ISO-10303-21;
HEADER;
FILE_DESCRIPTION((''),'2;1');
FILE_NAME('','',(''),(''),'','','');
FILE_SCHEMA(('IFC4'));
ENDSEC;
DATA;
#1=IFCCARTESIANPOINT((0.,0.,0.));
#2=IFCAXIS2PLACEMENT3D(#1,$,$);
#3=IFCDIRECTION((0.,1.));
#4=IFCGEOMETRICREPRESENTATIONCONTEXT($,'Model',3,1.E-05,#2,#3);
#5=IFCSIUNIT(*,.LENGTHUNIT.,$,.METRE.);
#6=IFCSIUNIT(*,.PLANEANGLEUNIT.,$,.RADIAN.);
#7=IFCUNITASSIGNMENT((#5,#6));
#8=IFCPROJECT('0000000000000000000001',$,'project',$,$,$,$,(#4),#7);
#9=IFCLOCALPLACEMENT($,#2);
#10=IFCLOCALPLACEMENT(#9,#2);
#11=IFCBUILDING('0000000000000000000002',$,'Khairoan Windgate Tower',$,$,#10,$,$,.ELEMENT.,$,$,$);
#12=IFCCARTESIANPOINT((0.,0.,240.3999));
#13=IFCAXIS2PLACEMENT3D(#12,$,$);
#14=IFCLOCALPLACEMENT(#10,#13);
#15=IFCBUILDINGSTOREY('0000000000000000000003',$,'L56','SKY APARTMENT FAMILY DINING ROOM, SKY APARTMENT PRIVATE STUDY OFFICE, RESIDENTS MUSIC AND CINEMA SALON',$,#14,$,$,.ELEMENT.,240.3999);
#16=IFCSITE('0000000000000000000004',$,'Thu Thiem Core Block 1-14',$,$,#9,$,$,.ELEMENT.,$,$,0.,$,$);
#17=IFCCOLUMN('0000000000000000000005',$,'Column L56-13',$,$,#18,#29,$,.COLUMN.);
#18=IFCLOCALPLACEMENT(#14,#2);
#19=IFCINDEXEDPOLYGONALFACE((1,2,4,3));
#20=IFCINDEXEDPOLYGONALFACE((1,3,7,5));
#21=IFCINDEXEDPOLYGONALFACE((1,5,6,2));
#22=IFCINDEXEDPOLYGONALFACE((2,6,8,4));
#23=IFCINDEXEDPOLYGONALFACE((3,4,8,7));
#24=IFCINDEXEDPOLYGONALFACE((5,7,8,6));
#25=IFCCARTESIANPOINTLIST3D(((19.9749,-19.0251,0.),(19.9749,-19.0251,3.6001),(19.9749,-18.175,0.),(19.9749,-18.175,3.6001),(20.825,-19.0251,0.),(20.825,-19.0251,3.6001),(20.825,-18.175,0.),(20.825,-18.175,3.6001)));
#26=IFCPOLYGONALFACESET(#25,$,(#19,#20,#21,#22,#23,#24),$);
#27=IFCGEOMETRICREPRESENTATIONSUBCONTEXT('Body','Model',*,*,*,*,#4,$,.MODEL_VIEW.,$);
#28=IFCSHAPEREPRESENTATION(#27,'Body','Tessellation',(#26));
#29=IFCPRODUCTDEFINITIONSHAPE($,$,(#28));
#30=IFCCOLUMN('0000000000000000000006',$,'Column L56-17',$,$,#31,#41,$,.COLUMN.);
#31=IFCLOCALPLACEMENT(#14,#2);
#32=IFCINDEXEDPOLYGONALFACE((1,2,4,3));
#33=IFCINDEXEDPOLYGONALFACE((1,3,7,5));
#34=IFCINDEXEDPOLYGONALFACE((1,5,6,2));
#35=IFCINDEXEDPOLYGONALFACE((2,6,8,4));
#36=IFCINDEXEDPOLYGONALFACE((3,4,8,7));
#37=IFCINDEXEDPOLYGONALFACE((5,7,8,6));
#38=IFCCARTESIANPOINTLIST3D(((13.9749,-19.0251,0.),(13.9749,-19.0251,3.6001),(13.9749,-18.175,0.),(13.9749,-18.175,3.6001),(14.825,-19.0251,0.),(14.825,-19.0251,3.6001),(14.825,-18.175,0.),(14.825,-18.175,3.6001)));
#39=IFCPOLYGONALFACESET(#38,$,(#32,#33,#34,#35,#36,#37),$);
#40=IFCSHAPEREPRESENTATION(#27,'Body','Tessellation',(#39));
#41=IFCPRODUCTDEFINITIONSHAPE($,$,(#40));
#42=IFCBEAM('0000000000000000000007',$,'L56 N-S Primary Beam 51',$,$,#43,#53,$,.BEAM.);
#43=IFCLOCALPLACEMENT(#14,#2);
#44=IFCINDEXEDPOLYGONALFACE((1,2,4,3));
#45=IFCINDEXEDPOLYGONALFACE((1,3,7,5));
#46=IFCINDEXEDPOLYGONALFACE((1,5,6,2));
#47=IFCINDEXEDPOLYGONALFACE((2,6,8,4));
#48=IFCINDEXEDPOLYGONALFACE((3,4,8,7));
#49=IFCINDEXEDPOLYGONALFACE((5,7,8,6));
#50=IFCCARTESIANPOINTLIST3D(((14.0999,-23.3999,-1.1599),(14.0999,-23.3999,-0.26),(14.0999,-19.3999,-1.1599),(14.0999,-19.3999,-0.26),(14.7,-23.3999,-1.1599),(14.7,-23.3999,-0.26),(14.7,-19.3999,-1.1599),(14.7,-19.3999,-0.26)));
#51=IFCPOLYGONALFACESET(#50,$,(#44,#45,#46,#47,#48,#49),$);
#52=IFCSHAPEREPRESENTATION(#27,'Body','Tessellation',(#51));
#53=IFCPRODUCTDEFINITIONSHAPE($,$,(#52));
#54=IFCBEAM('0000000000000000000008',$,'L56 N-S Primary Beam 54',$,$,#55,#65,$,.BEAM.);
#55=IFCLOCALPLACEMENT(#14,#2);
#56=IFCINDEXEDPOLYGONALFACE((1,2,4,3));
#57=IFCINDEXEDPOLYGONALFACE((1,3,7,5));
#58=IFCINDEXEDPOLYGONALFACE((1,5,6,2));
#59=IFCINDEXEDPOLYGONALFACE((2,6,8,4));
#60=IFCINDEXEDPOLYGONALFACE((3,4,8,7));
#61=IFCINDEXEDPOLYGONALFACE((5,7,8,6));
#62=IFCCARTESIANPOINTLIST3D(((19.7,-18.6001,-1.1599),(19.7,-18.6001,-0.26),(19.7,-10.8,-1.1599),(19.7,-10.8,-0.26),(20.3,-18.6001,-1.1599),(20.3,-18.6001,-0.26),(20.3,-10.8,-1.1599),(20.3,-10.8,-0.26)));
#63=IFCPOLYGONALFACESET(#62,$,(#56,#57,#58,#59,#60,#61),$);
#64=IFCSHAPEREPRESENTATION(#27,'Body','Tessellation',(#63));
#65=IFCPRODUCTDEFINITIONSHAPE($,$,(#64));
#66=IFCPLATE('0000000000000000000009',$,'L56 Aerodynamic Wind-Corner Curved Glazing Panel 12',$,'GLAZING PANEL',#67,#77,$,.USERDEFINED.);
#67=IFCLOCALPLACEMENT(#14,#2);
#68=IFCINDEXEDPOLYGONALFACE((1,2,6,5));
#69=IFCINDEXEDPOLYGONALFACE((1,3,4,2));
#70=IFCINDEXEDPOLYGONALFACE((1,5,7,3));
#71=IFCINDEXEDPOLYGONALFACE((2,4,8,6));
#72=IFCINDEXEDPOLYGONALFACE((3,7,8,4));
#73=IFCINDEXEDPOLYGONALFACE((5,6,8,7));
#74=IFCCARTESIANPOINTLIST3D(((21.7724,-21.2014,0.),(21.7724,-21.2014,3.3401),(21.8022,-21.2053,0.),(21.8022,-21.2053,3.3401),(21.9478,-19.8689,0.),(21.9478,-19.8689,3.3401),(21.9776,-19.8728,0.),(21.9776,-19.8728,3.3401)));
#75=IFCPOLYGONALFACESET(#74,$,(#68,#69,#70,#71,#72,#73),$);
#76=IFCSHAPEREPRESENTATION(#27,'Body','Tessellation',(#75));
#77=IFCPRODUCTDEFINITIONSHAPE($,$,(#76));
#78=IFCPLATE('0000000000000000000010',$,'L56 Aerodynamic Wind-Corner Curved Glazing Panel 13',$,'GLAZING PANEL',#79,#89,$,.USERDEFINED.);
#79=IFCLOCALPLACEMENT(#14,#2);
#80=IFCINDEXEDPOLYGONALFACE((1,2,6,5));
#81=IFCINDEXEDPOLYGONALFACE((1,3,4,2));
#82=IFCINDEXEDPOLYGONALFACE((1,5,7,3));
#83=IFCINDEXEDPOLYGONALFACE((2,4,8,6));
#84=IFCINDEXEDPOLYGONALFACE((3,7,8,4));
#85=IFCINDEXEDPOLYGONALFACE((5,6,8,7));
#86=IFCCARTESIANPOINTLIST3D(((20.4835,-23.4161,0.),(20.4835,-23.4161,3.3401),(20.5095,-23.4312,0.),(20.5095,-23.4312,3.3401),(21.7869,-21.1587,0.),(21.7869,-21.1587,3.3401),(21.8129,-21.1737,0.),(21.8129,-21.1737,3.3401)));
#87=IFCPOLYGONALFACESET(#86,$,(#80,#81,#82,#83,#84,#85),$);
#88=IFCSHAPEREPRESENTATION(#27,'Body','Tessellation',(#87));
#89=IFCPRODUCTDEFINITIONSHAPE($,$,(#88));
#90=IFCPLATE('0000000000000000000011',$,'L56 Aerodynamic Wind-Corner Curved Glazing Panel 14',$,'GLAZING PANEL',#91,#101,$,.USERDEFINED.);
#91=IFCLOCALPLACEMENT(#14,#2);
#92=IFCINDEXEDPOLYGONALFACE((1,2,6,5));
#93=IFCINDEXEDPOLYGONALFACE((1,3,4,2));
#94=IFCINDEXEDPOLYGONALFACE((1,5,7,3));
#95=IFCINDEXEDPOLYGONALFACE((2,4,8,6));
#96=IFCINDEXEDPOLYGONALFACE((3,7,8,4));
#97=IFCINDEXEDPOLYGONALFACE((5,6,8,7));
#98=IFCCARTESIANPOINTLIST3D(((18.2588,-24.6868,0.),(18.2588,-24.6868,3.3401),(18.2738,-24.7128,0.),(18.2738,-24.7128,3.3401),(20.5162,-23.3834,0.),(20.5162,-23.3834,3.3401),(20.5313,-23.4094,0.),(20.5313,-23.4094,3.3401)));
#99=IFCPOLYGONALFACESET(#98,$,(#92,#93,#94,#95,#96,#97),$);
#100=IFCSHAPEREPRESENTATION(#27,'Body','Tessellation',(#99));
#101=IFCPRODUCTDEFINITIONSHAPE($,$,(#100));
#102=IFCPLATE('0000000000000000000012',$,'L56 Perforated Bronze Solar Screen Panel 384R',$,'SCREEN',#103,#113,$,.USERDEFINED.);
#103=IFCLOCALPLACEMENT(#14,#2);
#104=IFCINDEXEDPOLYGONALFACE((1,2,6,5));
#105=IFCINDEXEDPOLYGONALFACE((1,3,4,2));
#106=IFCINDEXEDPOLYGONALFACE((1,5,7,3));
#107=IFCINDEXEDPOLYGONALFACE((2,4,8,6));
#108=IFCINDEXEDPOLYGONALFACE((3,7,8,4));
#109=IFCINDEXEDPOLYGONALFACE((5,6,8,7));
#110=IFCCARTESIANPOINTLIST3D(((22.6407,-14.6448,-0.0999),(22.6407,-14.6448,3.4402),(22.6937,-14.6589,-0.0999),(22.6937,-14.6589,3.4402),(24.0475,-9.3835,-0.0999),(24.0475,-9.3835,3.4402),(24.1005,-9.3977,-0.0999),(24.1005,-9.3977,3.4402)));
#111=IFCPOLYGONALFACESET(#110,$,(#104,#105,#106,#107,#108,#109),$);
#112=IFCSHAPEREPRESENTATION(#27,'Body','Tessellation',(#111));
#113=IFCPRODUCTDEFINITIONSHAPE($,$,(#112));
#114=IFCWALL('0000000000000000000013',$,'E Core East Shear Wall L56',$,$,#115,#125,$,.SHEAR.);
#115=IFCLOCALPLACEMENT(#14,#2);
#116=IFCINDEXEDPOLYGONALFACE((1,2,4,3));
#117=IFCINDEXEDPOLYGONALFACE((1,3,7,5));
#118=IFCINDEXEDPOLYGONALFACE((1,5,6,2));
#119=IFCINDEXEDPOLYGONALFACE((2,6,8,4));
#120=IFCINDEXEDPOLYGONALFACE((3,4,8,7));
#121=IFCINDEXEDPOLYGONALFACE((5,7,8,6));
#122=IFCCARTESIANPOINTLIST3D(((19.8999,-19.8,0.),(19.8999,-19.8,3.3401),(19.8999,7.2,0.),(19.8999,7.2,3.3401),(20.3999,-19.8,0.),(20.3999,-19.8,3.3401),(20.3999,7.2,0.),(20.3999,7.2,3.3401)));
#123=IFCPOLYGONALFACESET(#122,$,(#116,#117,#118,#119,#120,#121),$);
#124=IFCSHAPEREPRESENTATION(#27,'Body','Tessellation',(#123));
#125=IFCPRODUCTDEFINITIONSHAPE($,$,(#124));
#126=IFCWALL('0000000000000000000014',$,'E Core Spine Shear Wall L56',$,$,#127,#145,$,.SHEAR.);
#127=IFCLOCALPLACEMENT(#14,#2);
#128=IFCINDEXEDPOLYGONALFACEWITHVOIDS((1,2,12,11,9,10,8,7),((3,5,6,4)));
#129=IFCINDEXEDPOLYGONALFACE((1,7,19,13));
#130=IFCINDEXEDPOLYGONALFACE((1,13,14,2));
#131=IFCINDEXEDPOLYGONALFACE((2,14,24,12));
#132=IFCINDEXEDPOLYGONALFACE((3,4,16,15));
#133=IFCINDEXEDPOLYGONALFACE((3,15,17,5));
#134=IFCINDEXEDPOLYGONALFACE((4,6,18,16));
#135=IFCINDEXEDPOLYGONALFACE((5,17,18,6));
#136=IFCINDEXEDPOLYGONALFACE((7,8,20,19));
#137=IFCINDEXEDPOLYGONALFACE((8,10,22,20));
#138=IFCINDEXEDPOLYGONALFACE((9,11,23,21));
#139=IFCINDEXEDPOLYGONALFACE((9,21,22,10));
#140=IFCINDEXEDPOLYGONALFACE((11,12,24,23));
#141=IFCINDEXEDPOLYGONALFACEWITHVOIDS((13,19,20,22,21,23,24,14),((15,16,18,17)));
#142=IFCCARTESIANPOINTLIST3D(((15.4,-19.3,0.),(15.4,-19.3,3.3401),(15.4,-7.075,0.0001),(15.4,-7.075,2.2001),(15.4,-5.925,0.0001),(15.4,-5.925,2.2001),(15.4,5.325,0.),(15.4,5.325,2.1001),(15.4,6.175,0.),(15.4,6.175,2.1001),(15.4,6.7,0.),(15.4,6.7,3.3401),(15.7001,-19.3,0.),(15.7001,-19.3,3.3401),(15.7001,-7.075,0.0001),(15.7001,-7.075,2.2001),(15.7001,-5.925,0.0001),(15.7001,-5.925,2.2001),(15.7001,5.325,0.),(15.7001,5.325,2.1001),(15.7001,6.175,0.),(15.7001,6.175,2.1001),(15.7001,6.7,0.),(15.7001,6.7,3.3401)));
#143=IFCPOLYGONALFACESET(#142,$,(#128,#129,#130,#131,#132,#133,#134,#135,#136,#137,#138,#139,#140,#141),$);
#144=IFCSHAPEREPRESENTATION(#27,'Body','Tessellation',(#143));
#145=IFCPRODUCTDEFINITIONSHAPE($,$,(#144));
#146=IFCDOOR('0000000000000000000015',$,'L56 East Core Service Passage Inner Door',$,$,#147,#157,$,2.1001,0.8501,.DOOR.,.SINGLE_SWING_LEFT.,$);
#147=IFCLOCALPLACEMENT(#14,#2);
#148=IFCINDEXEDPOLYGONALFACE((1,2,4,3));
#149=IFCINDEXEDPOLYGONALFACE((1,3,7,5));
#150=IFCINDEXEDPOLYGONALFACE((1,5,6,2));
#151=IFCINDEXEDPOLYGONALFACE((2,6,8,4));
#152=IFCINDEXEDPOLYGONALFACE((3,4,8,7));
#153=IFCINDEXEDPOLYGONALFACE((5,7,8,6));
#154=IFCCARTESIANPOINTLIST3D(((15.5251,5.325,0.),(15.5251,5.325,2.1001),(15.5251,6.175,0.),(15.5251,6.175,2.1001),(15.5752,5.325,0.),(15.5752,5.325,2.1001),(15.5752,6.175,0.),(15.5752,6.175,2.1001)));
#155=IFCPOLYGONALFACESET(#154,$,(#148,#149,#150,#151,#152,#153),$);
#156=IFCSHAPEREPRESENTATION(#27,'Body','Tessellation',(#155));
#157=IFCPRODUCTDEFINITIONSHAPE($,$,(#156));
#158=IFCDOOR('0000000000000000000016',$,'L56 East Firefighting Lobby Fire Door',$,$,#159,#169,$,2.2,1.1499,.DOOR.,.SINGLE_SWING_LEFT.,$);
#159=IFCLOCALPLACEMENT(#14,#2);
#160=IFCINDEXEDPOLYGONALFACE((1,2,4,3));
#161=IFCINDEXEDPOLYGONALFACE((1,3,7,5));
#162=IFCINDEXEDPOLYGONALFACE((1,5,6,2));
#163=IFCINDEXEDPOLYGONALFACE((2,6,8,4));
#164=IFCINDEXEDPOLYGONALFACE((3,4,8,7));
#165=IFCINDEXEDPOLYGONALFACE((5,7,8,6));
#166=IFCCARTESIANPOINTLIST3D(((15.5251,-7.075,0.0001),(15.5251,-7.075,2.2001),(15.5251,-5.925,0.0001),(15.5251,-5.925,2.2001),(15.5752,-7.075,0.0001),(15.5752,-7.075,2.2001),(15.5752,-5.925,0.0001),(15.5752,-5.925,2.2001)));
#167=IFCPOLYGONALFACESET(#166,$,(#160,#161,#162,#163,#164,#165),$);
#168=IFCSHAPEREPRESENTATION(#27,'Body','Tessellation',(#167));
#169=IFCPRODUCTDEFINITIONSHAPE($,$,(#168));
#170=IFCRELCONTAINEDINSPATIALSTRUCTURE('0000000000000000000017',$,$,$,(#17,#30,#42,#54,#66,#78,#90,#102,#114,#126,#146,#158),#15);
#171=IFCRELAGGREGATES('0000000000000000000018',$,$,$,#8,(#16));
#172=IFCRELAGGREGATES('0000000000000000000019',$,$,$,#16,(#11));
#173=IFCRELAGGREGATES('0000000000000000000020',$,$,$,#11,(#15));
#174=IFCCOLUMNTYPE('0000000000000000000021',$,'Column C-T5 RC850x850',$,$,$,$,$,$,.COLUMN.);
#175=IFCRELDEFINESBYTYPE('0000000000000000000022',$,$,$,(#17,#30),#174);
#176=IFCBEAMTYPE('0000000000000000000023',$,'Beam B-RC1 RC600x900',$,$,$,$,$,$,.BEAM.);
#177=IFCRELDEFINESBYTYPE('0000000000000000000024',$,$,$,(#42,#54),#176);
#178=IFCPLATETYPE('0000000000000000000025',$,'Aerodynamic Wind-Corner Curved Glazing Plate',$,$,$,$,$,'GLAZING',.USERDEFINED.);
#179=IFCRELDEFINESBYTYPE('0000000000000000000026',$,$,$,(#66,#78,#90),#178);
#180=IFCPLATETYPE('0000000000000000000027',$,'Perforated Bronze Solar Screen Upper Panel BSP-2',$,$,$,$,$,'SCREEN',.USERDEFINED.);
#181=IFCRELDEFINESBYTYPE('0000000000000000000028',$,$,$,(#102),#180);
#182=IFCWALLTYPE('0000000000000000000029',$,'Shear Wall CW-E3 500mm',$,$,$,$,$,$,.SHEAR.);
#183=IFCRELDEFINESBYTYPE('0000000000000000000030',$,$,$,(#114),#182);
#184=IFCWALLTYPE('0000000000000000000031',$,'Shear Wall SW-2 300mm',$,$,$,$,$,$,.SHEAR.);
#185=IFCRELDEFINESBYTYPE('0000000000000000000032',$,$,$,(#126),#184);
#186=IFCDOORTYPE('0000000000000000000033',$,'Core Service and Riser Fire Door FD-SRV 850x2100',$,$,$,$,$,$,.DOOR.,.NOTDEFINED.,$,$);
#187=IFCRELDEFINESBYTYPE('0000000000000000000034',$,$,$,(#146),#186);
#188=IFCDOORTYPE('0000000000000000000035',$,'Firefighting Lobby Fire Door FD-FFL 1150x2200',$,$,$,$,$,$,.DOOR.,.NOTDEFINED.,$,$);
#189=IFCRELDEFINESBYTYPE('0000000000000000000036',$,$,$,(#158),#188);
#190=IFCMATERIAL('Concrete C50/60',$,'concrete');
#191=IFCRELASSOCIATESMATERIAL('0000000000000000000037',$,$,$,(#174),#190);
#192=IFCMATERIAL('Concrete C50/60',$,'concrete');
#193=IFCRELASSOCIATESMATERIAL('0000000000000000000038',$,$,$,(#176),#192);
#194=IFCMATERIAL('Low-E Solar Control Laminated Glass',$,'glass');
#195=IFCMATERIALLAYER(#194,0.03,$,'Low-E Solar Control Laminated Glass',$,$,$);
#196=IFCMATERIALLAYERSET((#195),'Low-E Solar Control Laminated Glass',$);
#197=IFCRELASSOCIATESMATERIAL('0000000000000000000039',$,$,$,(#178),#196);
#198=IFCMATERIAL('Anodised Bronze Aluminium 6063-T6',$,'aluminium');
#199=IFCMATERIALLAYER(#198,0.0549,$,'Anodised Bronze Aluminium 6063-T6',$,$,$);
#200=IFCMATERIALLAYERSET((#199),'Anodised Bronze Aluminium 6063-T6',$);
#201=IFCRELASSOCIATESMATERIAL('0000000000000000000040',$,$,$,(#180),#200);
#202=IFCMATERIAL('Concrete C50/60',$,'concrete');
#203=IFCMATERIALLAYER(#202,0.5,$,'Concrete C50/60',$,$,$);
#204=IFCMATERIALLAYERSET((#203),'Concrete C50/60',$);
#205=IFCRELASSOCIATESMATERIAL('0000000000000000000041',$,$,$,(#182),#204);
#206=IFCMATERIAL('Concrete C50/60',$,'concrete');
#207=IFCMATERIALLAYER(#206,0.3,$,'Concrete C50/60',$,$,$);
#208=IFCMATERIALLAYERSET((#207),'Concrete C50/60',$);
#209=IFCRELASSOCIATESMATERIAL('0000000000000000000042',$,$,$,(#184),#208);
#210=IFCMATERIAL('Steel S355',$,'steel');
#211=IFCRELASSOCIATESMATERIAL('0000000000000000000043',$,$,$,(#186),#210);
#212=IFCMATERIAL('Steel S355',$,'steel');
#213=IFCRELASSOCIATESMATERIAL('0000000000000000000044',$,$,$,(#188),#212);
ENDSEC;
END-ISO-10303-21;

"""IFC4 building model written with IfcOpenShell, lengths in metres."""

from ifc_helpers import new_model, si_unit, direction, frame, frame_2d, origin, origin_2d, place, context, subcontext, project, spatial, rectangle, extrude, material, layer, layer_set, material_profile, profile_set, type_object, element, fill, save


model = new_model("IFC4")

# Units and contexts
model_context = context("Model", 3, precision=1e-05, world=origin(), true_north=direction((0.0, 1.0)))
body_context = subcontext(model_context, "Body", "Model", "MODEL_VIEW")
ifc_project = project(units=[si_unit("LENGTHUNIT", "METRE"), si_unit("PLANEANGLEUNIT", "RADIAN")], contexts=[model_context])

# Site, building, storey
site_placement = place(None, origin())
site = spatial("IfcSite", under=ifc_project, at=site_placement, Name="Thu Thiem Core Block 1-14", CompositionType="ELEMENT", RefElevation=0.0)
building_placement = place(site_placement, origin())
building = spatial("IfcBuilding", under=site, at=building_placement, Name="Khairoan Windgate Tower", CompositionType="ELEMENT")
storey_placement = place(building_placement, frame((0.0, 0.0, 240.3999)))
storey = spatial("IfcBuildingStorey", under=building, at=storey_placement, Name="L56", Description="SKY APARTMENT FAMILY DINING ROOM, SKY APARTMENT PRIVATE STUDY OFFICE, RESIDENTS MUSIC AND CINEMA SALON", CompositionType="ELEMENT", Elevation=240.3999)

# Columns
ifc_material_1 = material(Name="Concrete C50/60", Category="concrete")
ifc_material_profile_1 = material_profile(ifc_material_1, rectangle(XDim=0.8501, YDim=0.8501, at=origin_2d()))
ifc_profile_set_1 = profile_set([ifc_material_profile_1], Name="Concrete C50/60")
column_type = type_object("IfcColumnType", Name="Column C-T5 RC850x850", PredefinedType="COLUMN", material=ifc_profile_set_1)
for number, where, z_axis, x_axis, name in (
    (1, (20.3999, -18.6001, 0.0), (0.0, 0.0, 1.0), (1.0, 0.0, 0.0), "Column L56-13"),
    (2, (14.3999, -18.6001, 0.0), (0.0, 0.0, 1.0), (1.0, 0.0, 0.0), "Column L56-17"),
):
    element("IfcColumn", number, at=place(storey_placement, frame(where, z_axis=z_axis, x_axis=x_axis)), inside=storey, type_object=column_type, Name=name, PredefinedType="COLUMN", context=body_context, shape_type="SweptSolid", body=[
        extrude(rectangle(XDim=0.8501, YDim=0.8501, at=origin_2d()), origin(), (0.0, 0.0, 1.0), 3.6001),
    ])

# Beams
ifc_material_2 = material(Name="Concrete C50/60", Category="concrete")
ifc_material_profile_2 = material_profile(ifc_material_2, rectangle(XDim=0.6001, YDim=0.8999, at=origin_2d()))
ifc_profile_set_2 = profile_set([ifc_material_profile_2], Name="Concrete C50/60")
beam_type = type_object("IfcBeamType", Name="Beam B-RC1 RC600x900", PredefinedType="BEAM", material=ifc_profile_set_2)
beam_1_placement = place(storey_placement, frame((14.3999, -23.3999, -0.71), z_axis=(0.0, 1.0, 0.0), x_axis=(-1.0, 0.0, 0.0)))
element("IfcBeam", 3, at=beam_1_placement, inside=storey, type_object=beam_type, Name="L56 N-S Primary Beam 51", PredefinedType="BEAM", context=body_context, shape_type="SweptSolid", body=[
    extrude(rectangle(XDim=0.6001, YDim=0.8999, at=origin_2d()), origin(), (0.0, 0.0, 1.0), 4.0),
])
beam_2_placement = place(storey_placement, frame((20.0, -18.6001, -0.71), z_axis=(0.0, 1.0, 0.0), x_axis=(-1.0, 0.0, 0.0)))
element("IfcBeam", 4, at=beam_2_placement, inside=storey, type_object=beam_type, Name="L56 N-S Primary Beam 54", PredefinedType="BEAM", context=body_context, shape_type="SweptSolid", body=[
    extrude(rectangle(XDim=0.6001, YDim=0.8999, at=origin_2d()), origin(), (0.0, 0.0, 1.0), 7.8),
])

# Plates
ifc_material_3 = material(Name="Low-E Solar Control Laminated Glass", Category="glass")
ifc_layer_1 = layer(ifc_material_3, 0.03, Name="Low-E Solar Control Laminated Glass")
ifc_layer_set_1 = layer_set([ifc_layer_1], Name="Low-E Solar Control Laminated Glass")
plate_type_1 = type_object("IfcPlateType", Name="Aerodynamic Wind-Corner Curved Glazing Plate", ElementType="GLAZING", PredefinedType="USERDEFINED", material=ifc_layer_set_1)
plate_1_placement = place(storey_placement, frame((21.875, -20.5371, 0.0), z_axis=(0.0, 0.0, 1.0), x_axis=(-0.130526, -0.991445, 0.0)))
element("IfcPlate", 5, at=plate_1_placement, inside=storey, type_object=plate_type_1, Name="L56 Aerodynamic Wind-Corner Curved Glazing Panel 12", ObjectType="GLAZING PANEL", PredefinedType="USERDEFINED", context=body_context, shape_type="SweptSolid", body=[
    extrude(rectangle(XDim=1.344, YDim=0.03, at=origin_2d()), origin(), (0.0, 0.0, 1.0), 3.3401),
])
for number, where, z_axis, x_axis, name in (
    (6, (21.1482, -22.2949, 0.0), (0.0, 0.0, 1.0), (-0.5, -0.866025, 0.0), "L56 Aerodynamic Wind-Corner Curved Glazing Panel 13"),
    (7, (19.395, -24.0481, 0.0), (0.0, 0.0, 1.0), (-0.866025, -0.5, 0.0), "L56 Aerodynamic Wind-Corner Curved Glazing Panel 14"),
):
    element("IfcPlate", number, at=place(storey_placement, frame(where, z_axis=z_axis, x_axis=x_axis)), inside=storey, type_object=plate_type_1, Name=name, ObjectType="GLAZING PANEL", PredefinedType="USERDEFINED", context=body_context, shape_type="SweptSolid", body=[
        extrude(rectangle(XDim=2.6067, YDim=0.03, at=origin_2d()), origin(), (0.0, 0.0, 1.0), 3.3401),
    ])

# Plate
ifc_material_4 = material(Name="Anodised Bronze Aluminium 6063-T6", Category="aluminium")
ifc_layer_2 = layer(ifc_material_4, 0.0549, Name="Anodised Bronze Aluminium 6063-T6")
ifc_layer_set_2 = layer_set([ifc_layer_2], Name="Anodised Bronze Aluminium 6063-T6")
plate_type_2 = type_object("IfcPlateType", Name="Perforated Bronze Solar Screen Upper Panel BSP-2", ElementType="SCREEN", PredefinedType="USERDEFINED", material=ifc_layer_set_2)
plate_2_placement = place(storey_placement, frame((23.3706, -12.0212, -0.0999), z_axis=(0.0, 0.0, 1.0), x_axis=(-0.258313, -0.966061, 0.0)))
element("IfcPlate", 8, at=plate_2_placement, inside=storey, type_object=plate_type_2, Name="L56 Perforated Bronze Solar Screen Panel 384R", ObjectType="SCREEN", PredefinedType="USERDEFINED", context=body_context, shape_type="SweptSolid", body=[
    extrude(rectangle(XDim=5.446, YDim=0.0549, at=origin_2d()), origin(), (0.0, 0.0, 1.0), 3.54),
])

# Wall
ifc_material_5 = material(Name="Concrete C50/60", Category="concrete")
ifc_layer_3 = layer(ifc_material_5, 0.5, Name="Concrete C50/60")
ifc_layer_set_3 = layer_set([ifc_layer_3], Name="Concrete C50/60")
wall_type_1 = type_object("IfcWallType", Name="Shear Wall CW-E3 500mm", PredefinedType="SHEAR", material=ifc_layer_set_3)
wall_1_placement = place(storey_placement, frame((20.1499, -19.8, 0.0), z_axis=(0.0, 0.0, 1.0), x_axis=(0.0, 1.0, 0.0)))
element("IfcWall", 9, at=wall_1_placement, inside=storey, type_object=wall_type_1, Name="E Core East Shear Wall L56", PredefinedType="SHEAR", context=body_context, shape_type="SweptSolid", body=[
    extrude(rectangle(XDim=27.0, YDim=0.5, at=frame_2d((13.5, 0.0))), origin(), (0.0, 0.0, 1.0), 3.3401),
])

# Wall, openings, doors
ifc_material_6 = material(Name="Concrete C50/60", Category="concrete")
ifc_layer_4 = layer(ifc_material_6, 0.3, Name="Concrete C50/60")
ifc_layer_set_4 = layer_set([ifc_layer_4], Name="Concrete C50/60")
wall_type_2 = type_object("IfcWallType", Name="Shear Wall SW-2 300mm", PredefinedType="SHEAR", material=ifc_layer_set_4)
wall_2_placement = place(storey_placement, frame((15.55, -19.3, 0.0), z_axis=(0.0, 0.0, 1.0), x_axis=(0.0, 1.0, 0.0)))
wall_2 = element("IfcWall", 10, at=wall_2_placement, inside=storey, type_object=wall_type_2, Name="E Core Spine Shear Wall L56", PredefinedType="SHEAR", context=body_context, shape_type="SweptSolid", body=[
    extrude(rectangle(XDim=26.0, YDim=0.3, at=frame_2d((13.0, 0.0))), origin(), (0.0, 0.0, 1.0), 3.3401),
])
opening_1_placement = place(wall_2_placement, frame((12.2251, 0.0, 0.0)))
opening_1 = element("IfcOpeningElement", 11, at=opening_1_placement, cuts=wall_2, PredefinedType="OPENING", context=body_context, shape_type="SweptSolid", body=[
    extrude(rectangle(XDim=1.1499, YDim=2.2, at=frame_2d((0.575, 1.1001))), frame((0.0, 0.1599, 0.0), z_axis=(0.0, -1.0, 0.0), x_axis=(1.0, 0.0, 0.0)), (0.0, 0.0, 1.0), 0.3201),
])
opening_2_placement = place(wall_2_placement, frame((24.625, 0.0, 0.0)))
opening_2 = element("IfcOpeningElement", 12, at=opening_2_placement, cuts=wall_2, PredefinedType="OPENING", context=body_context, shape_type="SweptSolid", body=[
    extrude(rectangle(XDim=0.8501, YDim=2.1001, at=frame_2d((0.425, 1.05))), frame((0.0, 0.1599, 0.0), z_axis=(0.0, -1.0, 0.0), x_axis=(1.0, 0.0, 0.0)), (0.0, 0.0, 1.0), 0.3201),
])
ifc_material_7 = material(Name="Steel S355", Category="steel")
door_type_1 = type_object("IfcDoorType", Name="Core Service and Riser Fire Door FD-SRV 850x2100", OperationType="NOTDEFINED", PredefinedType="DOOR", material=ifc_material_7)
door_1_placement = place(opening_2_placement, origin())
door_1 = element("IfcDoor", 13, at=door_1_placement, inside=storey, type_object=door_type_1, Name="L56 East Core Service Passage Inner Door", OperationType="SINGLE_SWING_LEFT", OverallHeight=2.1001, OverallWidth=0.8501, PredefinedType="DOOR", context=body_context, shape_type="SweptSolid", body=[
    extrude(rectangle(XDim=0.8501, YDim=2.1001, at=frame_2d((0.425, 1.05))), frame((0.0, 0.0249, 0.0), z_axis=(0.0, -1.0, 0.0), x_axis=(1.0, 0.0, 0.0)), (0.0, 0.0, 1.0), 0.05),
])
fill(opening_2, door_1)
ifc_material_8 = material(Name="Steel S355", Category="steel")
door_type_2 = type_object("IfcDoorType", Name="Firefighting Lobby Fire Door FD-FFL 1150x2200", OperationType="NOTDEFINED", PredefinedType="DOOR", material=ifc_material_8)
door_2_placement = place(opening_1_placement, origin())
door_2 = element("IfcDoor", 14, at=door_2_placement, inside=storey, type_object=door_type_2, Name="L56 East Firefighting Lobby Fire Door", OperationType="SINGLE_SWING_LEFT", OverallHeight=2.2, OverallWidth=1.1499, PredefinedType="DOOR", context=body_context, shape_type="SweptSolid", body=[
    extrude(rectangle(XDim=1.1499, YDim=2.2, at=frame_2d((0.575, 1.1001))), frame((0.0, 0.0249, 0.0), z_axis=(0.0, -1.0, 0.0), x_axis=(1.0, 0.0, 0.0)), (0.0, 0.0, 1.0), 0.05),
])
fill(opening_1, door_2)

save(model, "model.ifc")
